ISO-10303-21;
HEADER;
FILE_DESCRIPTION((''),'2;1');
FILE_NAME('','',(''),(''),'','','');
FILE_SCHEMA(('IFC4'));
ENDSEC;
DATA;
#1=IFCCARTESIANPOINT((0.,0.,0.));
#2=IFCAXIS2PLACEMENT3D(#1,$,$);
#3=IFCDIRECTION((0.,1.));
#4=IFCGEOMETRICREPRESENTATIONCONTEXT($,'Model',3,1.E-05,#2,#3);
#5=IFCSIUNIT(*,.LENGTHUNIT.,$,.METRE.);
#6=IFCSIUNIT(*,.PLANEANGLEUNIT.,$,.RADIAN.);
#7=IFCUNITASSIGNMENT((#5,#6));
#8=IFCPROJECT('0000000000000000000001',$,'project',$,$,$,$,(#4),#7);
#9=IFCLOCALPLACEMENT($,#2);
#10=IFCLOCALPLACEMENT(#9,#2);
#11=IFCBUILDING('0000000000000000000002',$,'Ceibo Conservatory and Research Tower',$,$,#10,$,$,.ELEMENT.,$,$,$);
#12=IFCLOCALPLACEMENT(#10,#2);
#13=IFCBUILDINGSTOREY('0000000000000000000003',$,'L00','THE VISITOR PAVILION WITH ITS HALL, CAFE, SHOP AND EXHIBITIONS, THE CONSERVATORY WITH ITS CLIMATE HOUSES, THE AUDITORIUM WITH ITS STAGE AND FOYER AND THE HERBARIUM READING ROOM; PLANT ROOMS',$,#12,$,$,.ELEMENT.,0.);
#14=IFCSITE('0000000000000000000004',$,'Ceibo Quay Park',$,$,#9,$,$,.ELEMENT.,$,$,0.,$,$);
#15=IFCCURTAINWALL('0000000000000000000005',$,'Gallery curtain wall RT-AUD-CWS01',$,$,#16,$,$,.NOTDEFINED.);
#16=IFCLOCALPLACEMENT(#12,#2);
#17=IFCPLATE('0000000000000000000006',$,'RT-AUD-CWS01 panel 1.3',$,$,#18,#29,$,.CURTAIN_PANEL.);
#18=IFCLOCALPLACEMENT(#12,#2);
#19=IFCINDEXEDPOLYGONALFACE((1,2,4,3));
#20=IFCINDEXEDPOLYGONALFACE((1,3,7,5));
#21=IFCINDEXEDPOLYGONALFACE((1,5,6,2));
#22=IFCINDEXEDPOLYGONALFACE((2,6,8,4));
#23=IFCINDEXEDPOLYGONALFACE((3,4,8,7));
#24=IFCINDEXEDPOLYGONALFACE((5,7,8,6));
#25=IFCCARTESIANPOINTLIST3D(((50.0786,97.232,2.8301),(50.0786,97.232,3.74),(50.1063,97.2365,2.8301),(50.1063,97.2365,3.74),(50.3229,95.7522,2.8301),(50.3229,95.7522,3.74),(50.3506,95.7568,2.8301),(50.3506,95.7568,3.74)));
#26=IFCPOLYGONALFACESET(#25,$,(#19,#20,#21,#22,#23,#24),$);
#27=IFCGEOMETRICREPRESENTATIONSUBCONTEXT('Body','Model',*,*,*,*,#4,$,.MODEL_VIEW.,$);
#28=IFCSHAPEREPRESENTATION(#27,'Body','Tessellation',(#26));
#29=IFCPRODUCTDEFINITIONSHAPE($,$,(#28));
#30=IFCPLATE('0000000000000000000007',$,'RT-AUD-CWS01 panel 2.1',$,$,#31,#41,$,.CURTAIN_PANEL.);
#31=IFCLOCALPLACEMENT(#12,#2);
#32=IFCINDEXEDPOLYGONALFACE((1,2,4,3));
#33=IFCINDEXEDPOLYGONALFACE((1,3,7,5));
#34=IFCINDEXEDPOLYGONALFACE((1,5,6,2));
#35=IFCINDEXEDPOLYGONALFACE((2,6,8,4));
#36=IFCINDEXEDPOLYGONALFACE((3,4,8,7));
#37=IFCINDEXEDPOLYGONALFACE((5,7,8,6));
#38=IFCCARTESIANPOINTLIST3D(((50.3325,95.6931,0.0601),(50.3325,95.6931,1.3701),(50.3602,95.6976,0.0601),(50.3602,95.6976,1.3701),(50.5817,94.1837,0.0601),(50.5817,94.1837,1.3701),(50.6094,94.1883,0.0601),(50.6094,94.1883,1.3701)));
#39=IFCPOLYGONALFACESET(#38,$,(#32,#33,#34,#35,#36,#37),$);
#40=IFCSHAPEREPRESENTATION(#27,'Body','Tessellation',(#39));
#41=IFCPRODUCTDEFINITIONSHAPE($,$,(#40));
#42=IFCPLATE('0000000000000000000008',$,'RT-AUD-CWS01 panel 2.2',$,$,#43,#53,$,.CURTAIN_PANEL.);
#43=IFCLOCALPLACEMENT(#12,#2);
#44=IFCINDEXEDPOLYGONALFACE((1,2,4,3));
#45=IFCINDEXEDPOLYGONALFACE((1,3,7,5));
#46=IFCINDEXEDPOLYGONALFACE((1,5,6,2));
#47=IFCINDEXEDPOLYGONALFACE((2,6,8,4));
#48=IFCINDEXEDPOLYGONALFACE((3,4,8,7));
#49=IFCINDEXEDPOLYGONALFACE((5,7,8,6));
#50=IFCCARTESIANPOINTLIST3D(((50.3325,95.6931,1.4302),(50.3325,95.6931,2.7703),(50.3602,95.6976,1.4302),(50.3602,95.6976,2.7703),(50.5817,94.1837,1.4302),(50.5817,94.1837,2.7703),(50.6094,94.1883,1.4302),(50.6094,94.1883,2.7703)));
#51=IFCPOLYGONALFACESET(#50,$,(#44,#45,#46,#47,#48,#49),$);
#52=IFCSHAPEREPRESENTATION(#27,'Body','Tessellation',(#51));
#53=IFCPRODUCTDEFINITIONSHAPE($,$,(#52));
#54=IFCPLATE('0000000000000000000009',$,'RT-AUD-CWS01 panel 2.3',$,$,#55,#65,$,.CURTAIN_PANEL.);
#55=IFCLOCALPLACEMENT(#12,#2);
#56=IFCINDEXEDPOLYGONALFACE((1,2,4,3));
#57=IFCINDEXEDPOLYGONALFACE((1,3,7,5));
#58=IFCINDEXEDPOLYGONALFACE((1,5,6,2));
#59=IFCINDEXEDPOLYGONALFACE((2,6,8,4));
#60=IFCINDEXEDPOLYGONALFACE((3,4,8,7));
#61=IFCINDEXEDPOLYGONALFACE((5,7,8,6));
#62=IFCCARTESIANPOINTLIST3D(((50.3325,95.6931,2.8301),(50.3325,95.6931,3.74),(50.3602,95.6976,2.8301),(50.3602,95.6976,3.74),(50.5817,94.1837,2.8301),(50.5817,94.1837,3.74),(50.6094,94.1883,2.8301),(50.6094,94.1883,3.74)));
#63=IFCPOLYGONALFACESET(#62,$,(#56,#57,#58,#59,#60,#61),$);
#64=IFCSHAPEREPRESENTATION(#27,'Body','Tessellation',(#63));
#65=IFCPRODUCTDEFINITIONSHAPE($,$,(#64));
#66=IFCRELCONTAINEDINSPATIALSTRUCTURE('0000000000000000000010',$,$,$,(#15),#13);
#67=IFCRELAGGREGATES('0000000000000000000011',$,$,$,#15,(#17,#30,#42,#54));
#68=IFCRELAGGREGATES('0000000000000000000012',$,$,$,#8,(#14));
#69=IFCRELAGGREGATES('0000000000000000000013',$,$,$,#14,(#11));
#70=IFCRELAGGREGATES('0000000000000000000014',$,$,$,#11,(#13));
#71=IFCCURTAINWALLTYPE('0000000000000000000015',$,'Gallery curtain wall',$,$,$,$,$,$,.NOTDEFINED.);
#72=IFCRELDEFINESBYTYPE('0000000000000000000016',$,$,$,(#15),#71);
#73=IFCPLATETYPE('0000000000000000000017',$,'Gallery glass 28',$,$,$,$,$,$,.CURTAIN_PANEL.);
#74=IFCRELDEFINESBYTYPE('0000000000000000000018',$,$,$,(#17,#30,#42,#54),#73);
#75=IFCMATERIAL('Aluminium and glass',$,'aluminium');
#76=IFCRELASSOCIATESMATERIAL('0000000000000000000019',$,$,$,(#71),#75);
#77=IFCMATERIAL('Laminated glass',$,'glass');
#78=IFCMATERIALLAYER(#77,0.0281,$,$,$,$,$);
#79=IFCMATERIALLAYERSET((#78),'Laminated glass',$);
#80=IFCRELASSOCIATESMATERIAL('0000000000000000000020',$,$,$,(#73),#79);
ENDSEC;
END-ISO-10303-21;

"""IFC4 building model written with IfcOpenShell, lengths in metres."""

from ifc_helpers import new_model, si_unit, direction, frame, origin, origin_2d, place, context, subcontext, project, spatial, rectangle, extrude, material, layer, layer_set, type_object, element, aggregate, save


model = new_model("IFC4")

# Units and contexts
model_context = context("Model", 3, precision=1e-05, world=origin(), true_north=direction((0.0, 1.0)))
body_context = subcontext(model_context, "Body", "Model", "MODEL_VIEW")
ifc_project = project(units=[si_unit("LENGTHUNIT", "METRE"), si_unit("PLANEANGLEUNIT", "RADIAN")], contexts=[model_context])

# Site, building, storey
site_placement = place(None, origin())
site = spatial("IfcSite", under=ifc_project, at=site_placement, Name="Ceibo Quay Park", CompositionType="ELEMENT", RefElevation=0.0)
building_placement = place(site_placement, origin())
building = spatial("IfcBuilding", under=site, at=building_placement, Name="Ceibo Conservatory and Research Tower", CompositionType="ELEMENT")
storey_placement = place(building_placement, origin())
storey = spatial("IfcBuildingStorey", under=building, at=storey_placement, Name="L00", Description="THE VISITOR PAVILION WITH ITS HALL, CAFE, SHOP AND EXHIBITIONS, THE CONSERVATORY WITH ITS CLIMATE HOUSES, THE AUDITORIUM WITH ITS STAGE AND FOYER AND THE HERBARIUM READING ROOM; PLANT ROOMS", CompositionType="ELEMENT", Elevation=0.0)

# Curtain wall
ifc_material_1 = material(Name="Aluminium and glass", Category="aluminium")
curtain_wall_type = type_object("IfcCurtainWallType", Name="Gallery curtain wall", PredefinedType="NOTDEFINED", material=ifc_material_1)
curtain_wall_1_placement = place(storey_placement, origin())
curtain_wall_1 = element("IfcCurtainWall", 1, at=curtain_wall_1_placement, inside=storey, type_object=curtain_wall_type, Name="Gallery curtain wall RT-AUD-CWS01", PredefinedType="NOTDEFINED")

# Plates
ifc_material_2 = material(Name="Laminated glass", Category="glass")
ifc_layer = layer(ifc_material_2, 0.0281)
ifc_layer_set = layer_set([ifc_layer], Name="Laminated glass")
plate_type = type_object("IfcPlateType", Name="Gallery glass 28", PredefinedType="CURTAIN_PANEL", material=ifc_layer_set)
plate_1_placement = place(storey_placement, frame((50.2146, 96.4944, 2.8301), z_axis=(0.0, 0.0, 1.0), x_axis=(0.162895, -0.986643, 0.0)))
plate_1 = element("IfcPlate", 2, at=plate_1_placement, type_object=plate_type, Name="RT-AUD-CWS01 panel 1.3", PredefinedType="CURTAIN_PANEL", context=body_context, shape_type="SweptSolid", body=[
    extrude(rectangle(XDim=1.4998, YDim=0.0281, at=origin_2d()), origin(), (0.0, 0.0, 1.0), 0.9099),
])
plate_2_placement = place(storey_placement, frame((50.4709, 94.9407, 0.0601), z_axis=(0.0, 0.0, 1.0), x_axis=(0.162895, -0.986643, 0.0)))
plate_2 = element("IfcPlate", 3, at=plate_2_placement, type_object=plate_type, Name="RT-AUD-CWS01 panel 2.1", PredefinedType="CURTAIN_PANEL", context=body_context, shape_type="SweptSolid", body=[
    extrude(rectangle(XDim=1.5298, YDim=0.0281, at=origin_2d()), origin(), (0.0, 0.0, 1.0), 1.3101),
])
plate_3_placement = place(storey_placement, frame((50.4709, 94.9407, 1.4302), z_axis=(0.0, 0.0, 1.0), x_axis=(0.162895, -0.986643, 0.0)))
plate_3 = element("IfcPlate", 4, at=plate_3_placement, type_object=plate_type, Name="RT-AUD-CWS01 panel 2.2", PredefinedType="CURTAIN_PANEL", context=body_context, shape_type="SweptSolid", body=[
    extrude(rectangle(XDim=1.5298, YDim=0.0281, at=origin_2d()), origin(), (0.0, 0.0, 1.0), 1.3401),
])
plate_4_placement = place(storey_placement, frame((50.4709, 94.9407, 2.8301), z_axis=(0.0, 0.0, 1.0), x_axis=(0.162895, -0.986643, 0.0)))
plate_4 = element("IfcPlate", 5, at=plate_4_placement, type_object=plate_type, Name="RT-AUD-CWS01 panel 2.3", PredefinedType="CURTAIN_PANEL", context=body_context, shape_type="SweptSolid", body=[
    extrude(rectangle(XDim=1.5298, YDim=0.0281, at=origin_2d()), origin(), (0.0, 0.0, 1.0), 0.9099),
])
aggregate(curtain_wall_1, [plate_1, plate_2, plate_3, plate_4])

save(model, "model.ifc")
